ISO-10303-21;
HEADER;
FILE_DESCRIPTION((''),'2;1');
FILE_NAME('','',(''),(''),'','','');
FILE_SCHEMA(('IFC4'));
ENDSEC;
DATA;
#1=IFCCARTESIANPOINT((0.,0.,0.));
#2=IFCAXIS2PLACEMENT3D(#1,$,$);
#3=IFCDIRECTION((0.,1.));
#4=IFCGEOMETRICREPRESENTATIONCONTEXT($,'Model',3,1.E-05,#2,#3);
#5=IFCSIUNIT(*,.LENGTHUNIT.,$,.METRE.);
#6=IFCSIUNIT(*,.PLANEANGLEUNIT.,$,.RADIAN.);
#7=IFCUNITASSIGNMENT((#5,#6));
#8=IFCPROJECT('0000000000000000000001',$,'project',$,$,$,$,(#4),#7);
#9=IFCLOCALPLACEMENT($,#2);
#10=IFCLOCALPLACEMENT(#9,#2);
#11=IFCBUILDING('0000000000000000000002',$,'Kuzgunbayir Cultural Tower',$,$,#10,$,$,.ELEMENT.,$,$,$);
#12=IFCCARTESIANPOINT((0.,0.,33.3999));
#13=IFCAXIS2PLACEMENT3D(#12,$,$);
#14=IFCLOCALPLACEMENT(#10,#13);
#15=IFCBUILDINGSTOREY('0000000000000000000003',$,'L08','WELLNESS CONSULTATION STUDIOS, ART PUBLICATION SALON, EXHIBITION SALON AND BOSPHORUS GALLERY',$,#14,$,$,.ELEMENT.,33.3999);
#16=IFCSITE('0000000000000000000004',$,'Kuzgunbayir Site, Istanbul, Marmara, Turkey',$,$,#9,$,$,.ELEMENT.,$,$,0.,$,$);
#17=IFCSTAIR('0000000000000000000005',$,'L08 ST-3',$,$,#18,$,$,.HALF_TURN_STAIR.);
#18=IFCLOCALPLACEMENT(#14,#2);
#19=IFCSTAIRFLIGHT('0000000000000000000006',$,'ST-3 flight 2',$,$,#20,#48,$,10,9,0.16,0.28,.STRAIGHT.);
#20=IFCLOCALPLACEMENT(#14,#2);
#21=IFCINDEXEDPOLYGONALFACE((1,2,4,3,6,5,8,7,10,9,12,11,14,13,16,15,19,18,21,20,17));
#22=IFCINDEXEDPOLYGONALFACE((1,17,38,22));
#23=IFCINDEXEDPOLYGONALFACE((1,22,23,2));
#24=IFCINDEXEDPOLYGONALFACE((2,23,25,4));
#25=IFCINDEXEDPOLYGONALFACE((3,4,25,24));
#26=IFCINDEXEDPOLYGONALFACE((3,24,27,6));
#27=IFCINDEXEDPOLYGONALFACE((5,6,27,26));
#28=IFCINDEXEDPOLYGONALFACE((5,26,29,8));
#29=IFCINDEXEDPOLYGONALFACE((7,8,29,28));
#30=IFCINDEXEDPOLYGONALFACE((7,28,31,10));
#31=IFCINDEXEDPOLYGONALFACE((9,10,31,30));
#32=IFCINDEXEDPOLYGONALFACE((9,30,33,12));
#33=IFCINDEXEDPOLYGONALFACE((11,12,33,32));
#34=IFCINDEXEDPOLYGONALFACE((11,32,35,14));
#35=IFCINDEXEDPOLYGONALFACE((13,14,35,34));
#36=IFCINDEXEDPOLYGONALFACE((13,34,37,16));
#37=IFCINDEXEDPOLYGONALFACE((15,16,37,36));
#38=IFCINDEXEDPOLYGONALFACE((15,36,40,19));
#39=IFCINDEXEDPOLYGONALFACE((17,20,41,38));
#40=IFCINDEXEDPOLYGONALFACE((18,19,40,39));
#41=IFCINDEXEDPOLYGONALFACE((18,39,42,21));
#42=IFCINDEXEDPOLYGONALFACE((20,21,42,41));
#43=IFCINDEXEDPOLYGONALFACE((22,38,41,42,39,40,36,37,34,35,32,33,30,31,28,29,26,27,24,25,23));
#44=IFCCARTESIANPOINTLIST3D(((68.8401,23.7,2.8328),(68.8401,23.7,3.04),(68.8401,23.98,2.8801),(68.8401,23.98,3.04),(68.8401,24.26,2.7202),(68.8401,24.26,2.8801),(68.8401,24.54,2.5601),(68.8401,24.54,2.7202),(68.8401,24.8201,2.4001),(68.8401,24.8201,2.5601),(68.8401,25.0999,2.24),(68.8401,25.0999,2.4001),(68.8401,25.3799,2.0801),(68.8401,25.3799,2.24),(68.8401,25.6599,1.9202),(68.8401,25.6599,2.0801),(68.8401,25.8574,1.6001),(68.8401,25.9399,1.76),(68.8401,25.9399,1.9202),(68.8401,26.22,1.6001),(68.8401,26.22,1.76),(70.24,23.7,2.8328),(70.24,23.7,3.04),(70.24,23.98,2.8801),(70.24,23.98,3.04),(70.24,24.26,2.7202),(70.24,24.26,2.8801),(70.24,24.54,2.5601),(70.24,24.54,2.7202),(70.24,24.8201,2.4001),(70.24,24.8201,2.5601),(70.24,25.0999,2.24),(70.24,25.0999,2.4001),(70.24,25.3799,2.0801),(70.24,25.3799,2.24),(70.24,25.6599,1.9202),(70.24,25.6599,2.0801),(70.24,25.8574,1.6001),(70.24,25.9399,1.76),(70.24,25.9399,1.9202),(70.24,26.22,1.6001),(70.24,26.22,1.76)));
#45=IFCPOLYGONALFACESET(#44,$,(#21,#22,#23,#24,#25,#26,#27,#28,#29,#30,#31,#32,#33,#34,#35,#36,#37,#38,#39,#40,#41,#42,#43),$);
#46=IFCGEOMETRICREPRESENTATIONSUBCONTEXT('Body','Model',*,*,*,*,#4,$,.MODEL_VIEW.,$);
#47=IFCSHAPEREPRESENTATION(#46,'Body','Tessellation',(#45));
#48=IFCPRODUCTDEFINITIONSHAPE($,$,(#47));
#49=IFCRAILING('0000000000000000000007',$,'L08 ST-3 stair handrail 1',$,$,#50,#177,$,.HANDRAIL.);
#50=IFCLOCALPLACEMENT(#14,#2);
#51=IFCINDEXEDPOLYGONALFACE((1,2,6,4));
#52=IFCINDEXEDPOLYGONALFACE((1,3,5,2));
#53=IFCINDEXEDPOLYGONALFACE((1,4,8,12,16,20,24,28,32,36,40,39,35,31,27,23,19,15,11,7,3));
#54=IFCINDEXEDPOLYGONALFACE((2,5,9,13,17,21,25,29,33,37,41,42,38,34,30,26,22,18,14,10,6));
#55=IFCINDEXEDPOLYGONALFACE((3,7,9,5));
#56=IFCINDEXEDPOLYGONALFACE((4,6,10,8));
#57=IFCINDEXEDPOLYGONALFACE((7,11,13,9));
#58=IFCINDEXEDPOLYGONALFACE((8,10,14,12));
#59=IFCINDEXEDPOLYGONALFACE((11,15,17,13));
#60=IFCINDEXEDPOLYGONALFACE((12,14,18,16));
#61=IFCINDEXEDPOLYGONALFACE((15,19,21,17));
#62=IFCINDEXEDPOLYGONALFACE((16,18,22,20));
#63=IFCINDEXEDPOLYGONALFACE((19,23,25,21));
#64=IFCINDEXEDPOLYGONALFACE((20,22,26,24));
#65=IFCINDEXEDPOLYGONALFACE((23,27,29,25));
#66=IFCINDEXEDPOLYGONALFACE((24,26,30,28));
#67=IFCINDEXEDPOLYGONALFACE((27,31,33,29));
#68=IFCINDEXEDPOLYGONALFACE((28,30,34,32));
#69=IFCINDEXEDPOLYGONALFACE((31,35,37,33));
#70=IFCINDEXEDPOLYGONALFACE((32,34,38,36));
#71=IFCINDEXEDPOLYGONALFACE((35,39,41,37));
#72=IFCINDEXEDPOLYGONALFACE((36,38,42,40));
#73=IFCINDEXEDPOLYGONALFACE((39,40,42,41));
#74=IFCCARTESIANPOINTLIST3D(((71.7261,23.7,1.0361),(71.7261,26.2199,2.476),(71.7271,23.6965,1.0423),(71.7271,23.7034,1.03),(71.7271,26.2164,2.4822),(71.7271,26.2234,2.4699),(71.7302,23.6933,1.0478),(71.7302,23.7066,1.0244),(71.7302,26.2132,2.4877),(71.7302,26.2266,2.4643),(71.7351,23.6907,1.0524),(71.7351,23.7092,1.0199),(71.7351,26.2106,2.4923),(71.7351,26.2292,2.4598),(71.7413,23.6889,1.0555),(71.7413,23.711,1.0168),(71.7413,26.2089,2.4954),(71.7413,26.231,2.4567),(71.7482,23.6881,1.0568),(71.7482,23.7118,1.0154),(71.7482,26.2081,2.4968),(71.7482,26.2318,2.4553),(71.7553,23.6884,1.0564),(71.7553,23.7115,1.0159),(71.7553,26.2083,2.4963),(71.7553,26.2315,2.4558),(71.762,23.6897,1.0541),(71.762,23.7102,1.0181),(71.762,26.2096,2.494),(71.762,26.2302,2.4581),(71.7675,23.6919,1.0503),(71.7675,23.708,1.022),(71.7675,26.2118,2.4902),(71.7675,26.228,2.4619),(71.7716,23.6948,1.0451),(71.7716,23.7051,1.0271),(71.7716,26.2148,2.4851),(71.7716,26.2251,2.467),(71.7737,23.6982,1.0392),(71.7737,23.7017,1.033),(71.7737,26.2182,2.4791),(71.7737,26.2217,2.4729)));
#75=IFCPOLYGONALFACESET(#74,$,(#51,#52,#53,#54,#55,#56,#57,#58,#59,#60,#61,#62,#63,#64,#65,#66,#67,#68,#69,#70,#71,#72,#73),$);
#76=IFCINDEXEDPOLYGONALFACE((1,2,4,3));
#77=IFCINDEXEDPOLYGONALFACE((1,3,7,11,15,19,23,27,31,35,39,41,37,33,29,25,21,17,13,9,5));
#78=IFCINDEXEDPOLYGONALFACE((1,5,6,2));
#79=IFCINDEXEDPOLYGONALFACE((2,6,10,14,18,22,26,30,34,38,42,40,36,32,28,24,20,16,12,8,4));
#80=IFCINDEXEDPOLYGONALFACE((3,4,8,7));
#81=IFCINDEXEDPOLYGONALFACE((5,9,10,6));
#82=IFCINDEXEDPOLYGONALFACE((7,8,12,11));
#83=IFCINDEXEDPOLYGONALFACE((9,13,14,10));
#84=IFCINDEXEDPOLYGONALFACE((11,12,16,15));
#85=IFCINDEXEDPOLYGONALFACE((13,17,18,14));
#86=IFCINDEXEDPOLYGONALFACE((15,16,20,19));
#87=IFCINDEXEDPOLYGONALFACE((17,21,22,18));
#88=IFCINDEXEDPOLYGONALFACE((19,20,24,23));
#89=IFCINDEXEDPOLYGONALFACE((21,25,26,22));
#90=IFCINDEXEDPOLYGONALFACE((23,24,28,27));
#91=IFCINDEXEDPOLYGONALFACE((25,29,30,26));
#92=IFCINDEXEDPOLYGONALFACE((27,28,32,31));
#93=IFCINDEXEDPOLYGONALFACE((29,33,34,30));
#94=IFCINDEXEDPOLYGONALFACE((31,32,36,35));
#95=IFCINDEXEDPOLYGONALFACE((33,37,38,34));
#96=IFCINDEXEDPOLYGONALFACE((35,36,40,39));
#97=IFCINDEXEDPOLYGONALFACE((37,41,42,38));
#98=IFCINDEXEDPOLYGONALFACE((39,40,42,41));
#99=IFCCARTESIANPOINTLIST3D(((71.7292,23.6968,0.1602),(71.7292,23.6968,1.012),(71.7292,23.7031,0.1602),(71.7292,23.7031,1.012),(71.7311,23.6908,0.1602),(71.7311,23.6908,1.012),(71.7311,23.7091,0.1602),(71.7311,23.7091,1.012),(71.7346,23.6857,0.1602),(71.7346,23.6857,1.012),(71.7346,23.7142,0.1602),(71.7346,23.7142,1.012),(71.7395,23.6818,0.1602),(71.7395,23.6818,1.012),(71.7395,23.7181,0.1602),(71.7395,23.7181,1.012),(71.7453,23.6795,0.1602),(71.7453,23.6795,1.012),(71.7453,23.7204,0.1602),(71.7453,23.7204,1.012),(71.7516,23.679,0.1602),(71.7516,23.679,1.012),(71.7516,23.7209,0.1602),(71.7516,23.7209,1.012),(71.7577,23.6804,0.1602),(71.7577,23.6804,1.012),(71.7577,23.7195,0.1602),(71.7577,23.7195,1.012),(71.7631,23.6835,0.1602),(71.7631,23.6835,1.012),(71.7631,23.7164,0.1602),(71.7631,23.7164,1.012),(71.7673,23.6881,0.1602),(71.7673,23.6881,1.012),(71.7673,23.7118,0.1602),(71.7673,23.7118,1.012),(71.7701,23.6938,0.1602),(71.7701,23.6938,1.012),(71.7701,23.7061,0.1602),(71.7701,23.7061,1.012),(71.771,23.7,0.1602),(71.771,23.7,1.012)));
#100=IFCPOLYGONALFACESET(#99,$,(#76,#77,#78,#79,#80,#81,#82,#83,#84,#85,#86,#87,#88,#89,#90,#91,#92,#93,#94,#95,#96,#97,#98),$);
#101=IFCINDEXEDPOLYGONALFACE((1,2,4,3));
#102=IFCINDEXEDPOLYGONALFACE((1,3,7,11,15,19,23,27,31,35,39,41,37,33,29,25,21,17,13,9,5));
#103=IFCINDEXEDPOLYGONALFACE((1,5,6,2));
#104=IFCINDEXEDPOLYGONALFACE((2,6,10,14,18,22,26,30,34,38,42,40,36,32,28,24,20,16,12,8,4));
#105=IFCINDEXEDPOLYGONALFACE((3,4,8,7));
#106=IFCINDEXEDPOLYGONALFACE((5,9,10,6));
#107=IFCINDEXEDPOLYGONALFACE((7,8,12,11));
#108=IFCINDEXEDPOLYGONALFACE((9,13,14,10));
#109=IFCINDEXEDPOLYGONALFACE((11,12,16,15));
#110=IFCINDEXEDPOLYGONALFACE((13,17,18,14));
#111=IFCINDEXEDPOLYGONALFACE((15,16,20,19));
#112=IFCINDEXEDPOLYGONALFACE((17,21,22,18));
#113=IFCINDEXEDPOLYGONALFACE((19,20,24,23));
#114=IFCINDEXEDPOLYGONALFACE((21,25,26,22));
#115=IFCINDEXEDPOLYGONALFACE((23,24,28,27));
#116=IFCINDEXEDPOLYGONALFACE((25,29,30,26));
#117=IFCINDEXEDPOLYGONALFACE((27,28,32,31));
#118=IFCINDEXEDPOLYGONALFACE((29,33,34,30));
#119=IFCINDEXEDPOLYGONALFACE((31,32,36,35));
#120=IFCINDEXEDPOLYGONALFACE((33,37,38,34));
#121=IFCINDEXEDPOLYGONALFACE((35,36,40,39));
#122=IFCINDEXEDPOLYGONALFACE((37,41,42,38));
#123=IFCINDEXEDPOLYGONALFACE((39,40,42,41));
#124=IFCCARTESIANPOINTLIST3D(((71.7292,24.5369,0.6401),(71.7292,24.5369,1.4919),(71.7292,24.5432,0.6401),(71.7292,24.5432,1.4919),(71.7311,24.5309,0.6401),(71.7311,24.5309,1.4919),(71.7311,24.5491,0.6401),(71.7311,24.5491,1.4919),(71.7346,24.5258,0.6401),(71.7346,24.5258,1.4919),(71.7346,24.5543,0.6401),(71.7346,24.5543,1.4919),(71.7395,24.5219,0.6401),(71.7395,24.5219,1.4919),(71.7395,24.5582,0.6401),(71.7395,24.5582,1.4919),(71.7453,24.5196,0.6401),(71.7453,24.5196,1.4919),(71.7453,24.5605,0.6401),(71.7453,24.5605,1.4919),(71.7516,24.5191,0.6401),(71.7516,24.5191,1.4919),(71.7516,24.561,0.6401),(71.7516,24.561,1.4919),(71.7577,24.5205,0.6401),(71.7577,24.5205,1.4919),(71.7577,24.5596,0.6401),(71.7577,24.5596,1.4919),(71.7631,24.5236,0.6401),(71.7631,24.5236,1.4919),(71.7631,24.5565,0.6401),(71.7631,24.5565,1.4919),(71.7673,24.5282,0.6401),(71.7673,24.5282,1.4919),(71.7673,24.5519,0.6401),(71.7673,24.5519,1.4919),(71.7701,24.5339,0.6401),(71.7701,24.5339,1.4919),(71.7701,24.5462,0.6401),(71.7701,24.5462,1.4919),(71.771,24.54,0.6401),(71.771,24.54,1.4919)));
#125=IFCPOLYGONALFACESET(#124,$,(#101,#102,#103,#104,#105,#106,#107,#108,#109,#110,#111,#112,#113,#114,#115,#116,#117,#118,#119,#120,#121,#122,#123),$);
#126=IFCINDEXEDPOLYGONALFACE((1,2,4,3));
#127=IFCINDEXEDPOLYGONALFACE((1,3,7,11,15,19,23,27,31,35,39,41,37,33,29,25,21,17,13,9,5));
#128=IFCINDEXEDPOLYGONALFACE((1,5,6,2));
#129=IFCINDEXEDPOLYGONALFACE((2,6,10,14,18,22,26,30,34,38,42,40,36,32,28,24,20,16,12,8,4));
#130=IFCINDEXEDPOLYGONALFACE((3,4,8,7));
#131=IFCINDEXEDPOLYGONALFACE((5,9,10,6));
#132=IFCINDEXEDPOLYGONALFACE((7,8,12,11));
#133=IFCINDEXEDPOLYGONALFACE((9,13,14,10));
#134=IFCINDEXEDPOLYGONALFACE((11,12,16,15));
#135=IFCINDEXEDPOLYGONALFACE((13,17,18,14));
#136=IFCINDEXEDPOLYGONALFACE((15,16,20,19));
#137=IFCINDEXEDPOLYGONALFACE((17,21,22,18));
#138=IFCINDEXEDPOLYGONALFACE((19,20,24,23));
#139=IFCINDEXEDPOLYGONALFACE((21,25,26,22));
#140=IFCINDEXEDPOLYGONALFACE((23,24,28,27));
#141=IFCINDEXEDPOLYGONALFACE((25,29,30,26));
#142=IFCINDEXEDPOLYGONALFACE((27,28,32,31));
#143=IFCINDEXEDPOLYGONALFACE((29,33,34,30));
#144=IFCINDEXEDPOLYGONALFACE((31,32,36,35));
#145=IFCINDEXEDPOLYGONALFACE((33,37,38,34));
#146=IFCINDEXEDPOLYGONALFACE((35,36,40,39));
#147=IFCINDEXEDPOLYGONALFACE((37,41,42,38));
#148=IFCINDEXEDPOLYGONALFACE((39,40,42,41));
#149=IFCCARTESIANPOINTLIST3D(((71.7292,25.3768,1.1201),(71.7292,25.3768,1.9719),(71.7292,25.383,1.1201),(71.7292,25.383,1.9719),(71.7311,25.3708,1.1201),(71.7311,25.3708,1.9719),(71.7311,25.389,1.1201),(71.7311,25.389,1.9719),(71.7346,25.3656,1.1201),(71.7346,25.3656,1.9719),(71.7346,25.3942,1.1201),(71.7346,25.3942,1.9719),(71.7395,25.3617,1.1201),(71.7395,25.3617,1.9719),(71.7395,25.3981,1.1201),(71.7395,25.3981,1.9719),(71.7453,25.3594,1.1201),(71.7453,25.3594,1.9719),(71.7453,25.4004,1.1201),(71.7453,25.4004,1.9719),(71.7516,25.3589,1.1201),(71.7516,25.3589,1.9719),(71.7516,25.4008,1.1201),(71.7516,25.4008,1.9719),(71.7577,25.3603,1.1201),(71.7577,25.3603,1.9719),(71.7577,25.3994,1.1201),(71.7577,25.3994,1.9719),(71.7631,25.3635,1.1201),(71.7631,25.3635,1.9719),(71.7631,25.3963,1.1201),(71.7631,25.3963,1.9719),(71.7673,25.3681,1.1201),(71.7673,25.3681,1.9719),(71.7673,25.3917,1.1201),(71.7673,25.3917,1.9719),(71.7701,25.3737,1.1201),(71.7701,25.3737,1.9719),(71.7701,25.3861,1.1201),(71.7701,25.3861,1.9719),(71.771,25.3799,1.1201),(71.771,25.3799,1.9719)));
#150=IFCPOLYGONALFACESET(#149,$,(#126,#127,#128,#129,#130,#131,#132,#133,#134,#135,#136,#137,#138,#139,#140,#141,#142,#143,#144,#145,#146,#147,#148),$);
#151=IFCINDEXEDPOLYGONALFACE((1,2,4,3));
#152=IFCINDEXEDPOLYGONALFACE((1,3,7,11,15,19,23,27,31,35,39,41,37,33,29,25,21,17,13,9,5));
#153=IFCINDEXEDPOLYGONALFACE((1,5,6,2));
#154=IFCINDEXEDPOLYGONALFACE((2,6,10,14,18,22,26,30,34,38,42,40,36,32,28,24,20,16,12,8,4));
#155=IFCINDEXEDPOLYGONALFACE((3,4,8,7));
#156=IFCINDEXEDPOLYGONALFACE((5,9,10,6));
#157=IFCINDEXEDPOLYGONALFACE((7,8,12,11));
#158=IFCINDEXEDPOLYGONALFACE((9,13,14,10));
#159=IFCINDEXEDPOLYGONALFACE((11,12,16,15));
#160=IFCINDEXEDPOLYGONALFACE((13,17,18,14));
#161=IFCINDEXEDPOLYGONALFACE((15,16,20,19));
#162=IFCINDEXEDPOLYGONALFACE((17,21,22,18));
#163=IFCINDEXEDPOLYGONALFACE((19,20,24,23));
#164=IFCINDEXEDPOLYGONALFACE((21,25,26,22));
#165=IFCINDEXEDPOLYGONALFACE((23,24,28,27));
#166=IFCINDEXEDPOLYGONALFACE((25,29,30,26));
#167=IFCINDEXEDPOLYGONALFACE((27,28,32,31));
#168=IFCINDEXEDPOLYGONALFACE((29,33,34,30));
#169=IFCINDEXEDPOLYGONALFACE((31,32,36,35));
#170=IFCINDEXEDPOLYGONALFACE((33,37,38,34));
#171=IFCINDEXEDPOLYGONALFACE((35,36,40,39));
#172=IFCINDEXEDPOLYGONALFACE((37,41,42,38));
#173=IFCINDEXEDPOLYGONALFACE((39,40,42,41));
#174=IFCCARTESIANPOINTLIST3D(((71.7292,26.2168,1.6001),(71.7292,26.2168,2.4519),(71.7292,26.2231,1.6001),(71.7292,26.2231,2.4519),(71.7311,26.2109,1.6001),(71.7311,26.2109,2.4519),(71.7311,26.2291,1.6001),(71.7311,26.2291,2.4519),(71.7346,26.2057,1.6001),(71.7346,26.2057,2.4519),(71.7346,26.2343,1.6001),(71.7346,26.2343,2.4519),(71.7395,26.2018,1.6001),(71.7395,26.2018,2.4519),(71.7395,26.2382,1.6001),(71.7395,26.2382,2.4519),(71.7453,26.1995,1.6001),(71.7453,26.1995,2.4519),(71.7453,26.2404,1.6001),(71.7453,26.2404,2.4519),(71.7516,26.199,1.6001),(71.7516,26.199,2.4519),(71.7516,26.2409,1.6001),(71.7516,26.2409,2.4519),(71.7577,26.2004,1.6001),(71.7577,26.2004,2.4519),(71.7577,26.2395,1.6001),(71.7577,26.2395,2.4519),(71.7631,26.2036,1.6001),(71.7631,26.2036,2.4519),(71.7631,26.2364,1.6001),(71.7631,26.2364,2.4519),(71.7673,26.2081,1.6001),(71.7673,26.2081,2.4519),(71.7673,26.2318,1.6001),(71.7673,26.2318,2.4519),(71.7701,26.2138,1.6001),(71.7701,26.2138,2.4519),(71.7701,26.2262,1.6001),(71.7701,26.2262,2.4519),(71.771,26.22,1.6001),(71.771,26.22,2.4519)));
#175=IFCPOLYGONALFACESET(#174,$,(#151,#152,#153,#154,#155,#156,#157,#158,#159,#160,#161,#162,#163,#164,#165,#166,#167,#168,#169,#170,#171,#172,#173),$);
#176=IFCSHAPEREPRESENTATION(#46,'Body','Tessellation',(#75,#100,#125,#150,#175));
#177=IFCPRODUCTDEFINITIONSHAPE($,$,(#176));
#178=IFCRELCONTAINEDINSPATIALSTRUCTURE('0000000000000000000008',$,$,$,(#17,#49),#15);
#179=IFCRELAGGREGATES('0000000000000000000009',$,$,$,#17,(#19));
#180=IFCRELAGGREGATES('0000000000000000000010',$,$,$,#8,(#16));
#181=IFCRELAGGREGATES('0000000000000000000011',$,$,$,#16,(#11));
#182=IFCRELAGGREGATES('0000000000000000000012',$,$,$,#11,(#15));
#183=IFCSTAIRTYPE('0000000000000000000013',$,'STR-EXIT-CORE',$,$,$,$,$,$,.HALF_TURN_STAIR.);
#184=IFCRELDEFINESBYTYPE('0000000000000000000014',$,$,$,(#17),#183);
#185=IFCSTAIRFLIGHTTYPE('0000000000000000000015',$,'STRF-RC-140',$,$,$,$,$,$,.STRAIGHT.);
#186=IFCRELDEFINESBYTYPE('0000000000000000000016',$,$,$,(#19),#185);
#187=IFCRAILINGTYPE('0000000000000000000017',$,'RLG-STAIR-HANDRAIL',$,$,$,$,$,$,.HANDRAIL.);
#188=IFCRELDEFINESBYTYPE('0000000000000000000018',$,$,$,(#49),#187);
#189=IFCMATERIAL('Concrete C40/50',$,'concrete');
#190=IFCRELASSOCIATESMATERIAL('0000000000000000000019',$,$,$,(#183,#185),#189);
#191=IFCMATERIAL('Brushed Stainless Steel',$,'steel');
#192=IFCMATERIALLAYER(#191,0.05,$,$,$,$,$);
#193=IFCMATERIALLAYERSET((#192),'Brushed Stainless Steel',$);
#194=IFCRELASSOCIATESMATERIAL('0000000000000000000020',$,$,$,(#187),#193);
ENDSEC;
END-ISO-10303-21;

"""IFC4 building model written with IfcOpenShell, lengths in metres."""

from ifc_helpers import new_model, si_unit, direction, frame, origin, origin_2d, place, context, subcontext, project, spatial, polyline, circle, outline, extrude, material, layer, layer_set, type_object, element, aggregate, save


model = new_model("IFC4")

# Units and contexts
model_context = context("Model", 3, precision=1e-05, world=origin(), true_north=direction((0.0, 1.0)))
body_context = subcontext(model_context, "Body", "Model", "MODEL_VIEW")
ifc_project = project(units=[si_unit("LENGTHUNIT", "METRE"), si_unit("PLANEANGLEUNIT", "RADIAN")], contexts=[model_context])

# Site, building, storey
site_placement = place(None, origin())
site = spatial("IfcSite", under=ifc_project, at=site_placement, Name="Kuzgunbayir Site, Istanbul, Marmara, Turkey", CompositionType="ELEMENT", RefElevation=0.0)
building_placement = place(site_placement, origin())
building = spatial("IfcBuilding", under=site, at=building_placement, Name="Kuzgunbayir Cultural Tower", CompositionType="ELEMENT")
storey_placement = place(building_placement, frame((0.0, 0.0, 33.3999)))
storey = spatial("IfcBuildingStorey", under=building, at=storey_placement, Name="L08", Description="WELLNESS CONSULTATION STUDIOS, ART PUBLICATION SALON, EXHIBITION SALON AND BOSPHORUS GALLERY", CompositionType="ELEMENT", Elevation=33.3999)

# Shared definitions
ifc_material_1 = material(Name="Concrete C40/50", Category="concrete")

# Stair, stair flight
stair_type = type_object("IfcStairType", Name="STR-EXIT-CORE", PredefinedType="HALF_TURN_STAIR", material=ifc_material_1)
stair_placement = place(storey_placement, origin())
stair = element("IfcStair", 1, at=stair_placement, inside=storey, type_object=stair_type, Name="L08 ST-3", PredefinedType="HALF_TURN_STAIR")
stair_flight_type = type_object("IfcStairFlightType", Name="STRF-RC-140", PredefinedType="STRAIGHT", material=ifc_material_1)
stair_flight_1_placement = place(storey_placement, frame((69.54, 26.22, 1.6001), z_axis=(0.0, 0.0, 1.0), x_axis=(0.0, -1.0, 0.0)))
stair_flight_1 = element("IfcStairFlight", 2, at=stair_flight_1_placement, type_object=stair_flight_type, Name="ST-3 flight 2", NumberOfRisers=10, NumberOfTreads=9, PredefinedType="STRAIGHT", RiserHeight=0.16, TreadLength=0.28, context=body_context, shape_type="SweptSolid", body=[
    extrude(outline(polyline([(0.0, 0.0), (0.0, 0.1599), (0.28, 0.1599), (0.28, 0.3201), (0.5601, 0.3201), (0.5601, 0.48), (0.8401, 0.48), (0.8401, 0.6399), (1.1201, 0.6399), (1.1201, 0.8), (1.3999, 0.8), (1.3999, 0.96), (1.6799, 0.96), (1.6799, 1.1201), (1.96, 1.1201), (1.96, 1.28), (2.24, 1.28), (2.24, 1.4399), (2.52, 1.4399), (2.52, 1.6001), (2.52, 1.2327), (0.3625, 0.0), (0.0, 0.0)])), frame((0.0, 0.7, 0.0), z_axis=(0.0, -1.0, 0.0), x_axis=(1.0, 0.0, 0.0)), (0.0, 0.0, 1.0), 1.3999),
])
aggregate(stair, [stair_flight_1])

# Railing
ifc_material_2 = material(Name="Brushed Stainless Steel", Category="steel")
ifc_layer_1 = layer(ifc_material_2, 0.05)
ifc_layer_set_1 = layer_set([ifc_layer_1], Name="Brushed Stainless Steel")
railing_type_1 = type_object("IfcRailingType", Name="RLG-STAIR-HANDRAIL", PredefinedType="HANDRAIL", material=ifc_layer_set_1)
railing_1_placement = place(storey_placement, frame((71.75, 23.7, 0.1602)))
element("IfcRailing", 3, at=railing_1_placement, inside=storey, type_object=railing_type_1, Name="L08 ST-3 stair handrail 1", PredefinedType="HANDRAIL", context=body_context, shape_type="SweptSolid", body=[
    extrude(circle(Radius=0.0239, at=origin_2d()), frame((0.0, 0.0, 0.876), z_axis=(0.0, 0.868253, 0.496121), x_axis=(-1.0, 0.0, 0.0)), (0.0, 0.0, 1.0), 2.9023),
    extrude(circle(Radius=0.021, at=origin_2d()), origin(), (0.0, 0.0, 1.0), 0.8518),
    extrude(circle(Radius=0.021, at=origin_2d()), frame((0.0, 0.8401, 0.48)), (0.0, 0.0, 1.0), 0.8518),
    extrude(circle(Radius=0.021, at=origin_2d()), frame((0.0, 1.6799, 0.96)), (0.0, 0.0, 1.0), 0.8518),
    extrude(circle(Radius=0.021, at=origin_2d()), frame((0.0, 2.52, 1.4399)), (0.0, 0.0, 1.0), 0.8518),
])

save(model, "model.ifc")
